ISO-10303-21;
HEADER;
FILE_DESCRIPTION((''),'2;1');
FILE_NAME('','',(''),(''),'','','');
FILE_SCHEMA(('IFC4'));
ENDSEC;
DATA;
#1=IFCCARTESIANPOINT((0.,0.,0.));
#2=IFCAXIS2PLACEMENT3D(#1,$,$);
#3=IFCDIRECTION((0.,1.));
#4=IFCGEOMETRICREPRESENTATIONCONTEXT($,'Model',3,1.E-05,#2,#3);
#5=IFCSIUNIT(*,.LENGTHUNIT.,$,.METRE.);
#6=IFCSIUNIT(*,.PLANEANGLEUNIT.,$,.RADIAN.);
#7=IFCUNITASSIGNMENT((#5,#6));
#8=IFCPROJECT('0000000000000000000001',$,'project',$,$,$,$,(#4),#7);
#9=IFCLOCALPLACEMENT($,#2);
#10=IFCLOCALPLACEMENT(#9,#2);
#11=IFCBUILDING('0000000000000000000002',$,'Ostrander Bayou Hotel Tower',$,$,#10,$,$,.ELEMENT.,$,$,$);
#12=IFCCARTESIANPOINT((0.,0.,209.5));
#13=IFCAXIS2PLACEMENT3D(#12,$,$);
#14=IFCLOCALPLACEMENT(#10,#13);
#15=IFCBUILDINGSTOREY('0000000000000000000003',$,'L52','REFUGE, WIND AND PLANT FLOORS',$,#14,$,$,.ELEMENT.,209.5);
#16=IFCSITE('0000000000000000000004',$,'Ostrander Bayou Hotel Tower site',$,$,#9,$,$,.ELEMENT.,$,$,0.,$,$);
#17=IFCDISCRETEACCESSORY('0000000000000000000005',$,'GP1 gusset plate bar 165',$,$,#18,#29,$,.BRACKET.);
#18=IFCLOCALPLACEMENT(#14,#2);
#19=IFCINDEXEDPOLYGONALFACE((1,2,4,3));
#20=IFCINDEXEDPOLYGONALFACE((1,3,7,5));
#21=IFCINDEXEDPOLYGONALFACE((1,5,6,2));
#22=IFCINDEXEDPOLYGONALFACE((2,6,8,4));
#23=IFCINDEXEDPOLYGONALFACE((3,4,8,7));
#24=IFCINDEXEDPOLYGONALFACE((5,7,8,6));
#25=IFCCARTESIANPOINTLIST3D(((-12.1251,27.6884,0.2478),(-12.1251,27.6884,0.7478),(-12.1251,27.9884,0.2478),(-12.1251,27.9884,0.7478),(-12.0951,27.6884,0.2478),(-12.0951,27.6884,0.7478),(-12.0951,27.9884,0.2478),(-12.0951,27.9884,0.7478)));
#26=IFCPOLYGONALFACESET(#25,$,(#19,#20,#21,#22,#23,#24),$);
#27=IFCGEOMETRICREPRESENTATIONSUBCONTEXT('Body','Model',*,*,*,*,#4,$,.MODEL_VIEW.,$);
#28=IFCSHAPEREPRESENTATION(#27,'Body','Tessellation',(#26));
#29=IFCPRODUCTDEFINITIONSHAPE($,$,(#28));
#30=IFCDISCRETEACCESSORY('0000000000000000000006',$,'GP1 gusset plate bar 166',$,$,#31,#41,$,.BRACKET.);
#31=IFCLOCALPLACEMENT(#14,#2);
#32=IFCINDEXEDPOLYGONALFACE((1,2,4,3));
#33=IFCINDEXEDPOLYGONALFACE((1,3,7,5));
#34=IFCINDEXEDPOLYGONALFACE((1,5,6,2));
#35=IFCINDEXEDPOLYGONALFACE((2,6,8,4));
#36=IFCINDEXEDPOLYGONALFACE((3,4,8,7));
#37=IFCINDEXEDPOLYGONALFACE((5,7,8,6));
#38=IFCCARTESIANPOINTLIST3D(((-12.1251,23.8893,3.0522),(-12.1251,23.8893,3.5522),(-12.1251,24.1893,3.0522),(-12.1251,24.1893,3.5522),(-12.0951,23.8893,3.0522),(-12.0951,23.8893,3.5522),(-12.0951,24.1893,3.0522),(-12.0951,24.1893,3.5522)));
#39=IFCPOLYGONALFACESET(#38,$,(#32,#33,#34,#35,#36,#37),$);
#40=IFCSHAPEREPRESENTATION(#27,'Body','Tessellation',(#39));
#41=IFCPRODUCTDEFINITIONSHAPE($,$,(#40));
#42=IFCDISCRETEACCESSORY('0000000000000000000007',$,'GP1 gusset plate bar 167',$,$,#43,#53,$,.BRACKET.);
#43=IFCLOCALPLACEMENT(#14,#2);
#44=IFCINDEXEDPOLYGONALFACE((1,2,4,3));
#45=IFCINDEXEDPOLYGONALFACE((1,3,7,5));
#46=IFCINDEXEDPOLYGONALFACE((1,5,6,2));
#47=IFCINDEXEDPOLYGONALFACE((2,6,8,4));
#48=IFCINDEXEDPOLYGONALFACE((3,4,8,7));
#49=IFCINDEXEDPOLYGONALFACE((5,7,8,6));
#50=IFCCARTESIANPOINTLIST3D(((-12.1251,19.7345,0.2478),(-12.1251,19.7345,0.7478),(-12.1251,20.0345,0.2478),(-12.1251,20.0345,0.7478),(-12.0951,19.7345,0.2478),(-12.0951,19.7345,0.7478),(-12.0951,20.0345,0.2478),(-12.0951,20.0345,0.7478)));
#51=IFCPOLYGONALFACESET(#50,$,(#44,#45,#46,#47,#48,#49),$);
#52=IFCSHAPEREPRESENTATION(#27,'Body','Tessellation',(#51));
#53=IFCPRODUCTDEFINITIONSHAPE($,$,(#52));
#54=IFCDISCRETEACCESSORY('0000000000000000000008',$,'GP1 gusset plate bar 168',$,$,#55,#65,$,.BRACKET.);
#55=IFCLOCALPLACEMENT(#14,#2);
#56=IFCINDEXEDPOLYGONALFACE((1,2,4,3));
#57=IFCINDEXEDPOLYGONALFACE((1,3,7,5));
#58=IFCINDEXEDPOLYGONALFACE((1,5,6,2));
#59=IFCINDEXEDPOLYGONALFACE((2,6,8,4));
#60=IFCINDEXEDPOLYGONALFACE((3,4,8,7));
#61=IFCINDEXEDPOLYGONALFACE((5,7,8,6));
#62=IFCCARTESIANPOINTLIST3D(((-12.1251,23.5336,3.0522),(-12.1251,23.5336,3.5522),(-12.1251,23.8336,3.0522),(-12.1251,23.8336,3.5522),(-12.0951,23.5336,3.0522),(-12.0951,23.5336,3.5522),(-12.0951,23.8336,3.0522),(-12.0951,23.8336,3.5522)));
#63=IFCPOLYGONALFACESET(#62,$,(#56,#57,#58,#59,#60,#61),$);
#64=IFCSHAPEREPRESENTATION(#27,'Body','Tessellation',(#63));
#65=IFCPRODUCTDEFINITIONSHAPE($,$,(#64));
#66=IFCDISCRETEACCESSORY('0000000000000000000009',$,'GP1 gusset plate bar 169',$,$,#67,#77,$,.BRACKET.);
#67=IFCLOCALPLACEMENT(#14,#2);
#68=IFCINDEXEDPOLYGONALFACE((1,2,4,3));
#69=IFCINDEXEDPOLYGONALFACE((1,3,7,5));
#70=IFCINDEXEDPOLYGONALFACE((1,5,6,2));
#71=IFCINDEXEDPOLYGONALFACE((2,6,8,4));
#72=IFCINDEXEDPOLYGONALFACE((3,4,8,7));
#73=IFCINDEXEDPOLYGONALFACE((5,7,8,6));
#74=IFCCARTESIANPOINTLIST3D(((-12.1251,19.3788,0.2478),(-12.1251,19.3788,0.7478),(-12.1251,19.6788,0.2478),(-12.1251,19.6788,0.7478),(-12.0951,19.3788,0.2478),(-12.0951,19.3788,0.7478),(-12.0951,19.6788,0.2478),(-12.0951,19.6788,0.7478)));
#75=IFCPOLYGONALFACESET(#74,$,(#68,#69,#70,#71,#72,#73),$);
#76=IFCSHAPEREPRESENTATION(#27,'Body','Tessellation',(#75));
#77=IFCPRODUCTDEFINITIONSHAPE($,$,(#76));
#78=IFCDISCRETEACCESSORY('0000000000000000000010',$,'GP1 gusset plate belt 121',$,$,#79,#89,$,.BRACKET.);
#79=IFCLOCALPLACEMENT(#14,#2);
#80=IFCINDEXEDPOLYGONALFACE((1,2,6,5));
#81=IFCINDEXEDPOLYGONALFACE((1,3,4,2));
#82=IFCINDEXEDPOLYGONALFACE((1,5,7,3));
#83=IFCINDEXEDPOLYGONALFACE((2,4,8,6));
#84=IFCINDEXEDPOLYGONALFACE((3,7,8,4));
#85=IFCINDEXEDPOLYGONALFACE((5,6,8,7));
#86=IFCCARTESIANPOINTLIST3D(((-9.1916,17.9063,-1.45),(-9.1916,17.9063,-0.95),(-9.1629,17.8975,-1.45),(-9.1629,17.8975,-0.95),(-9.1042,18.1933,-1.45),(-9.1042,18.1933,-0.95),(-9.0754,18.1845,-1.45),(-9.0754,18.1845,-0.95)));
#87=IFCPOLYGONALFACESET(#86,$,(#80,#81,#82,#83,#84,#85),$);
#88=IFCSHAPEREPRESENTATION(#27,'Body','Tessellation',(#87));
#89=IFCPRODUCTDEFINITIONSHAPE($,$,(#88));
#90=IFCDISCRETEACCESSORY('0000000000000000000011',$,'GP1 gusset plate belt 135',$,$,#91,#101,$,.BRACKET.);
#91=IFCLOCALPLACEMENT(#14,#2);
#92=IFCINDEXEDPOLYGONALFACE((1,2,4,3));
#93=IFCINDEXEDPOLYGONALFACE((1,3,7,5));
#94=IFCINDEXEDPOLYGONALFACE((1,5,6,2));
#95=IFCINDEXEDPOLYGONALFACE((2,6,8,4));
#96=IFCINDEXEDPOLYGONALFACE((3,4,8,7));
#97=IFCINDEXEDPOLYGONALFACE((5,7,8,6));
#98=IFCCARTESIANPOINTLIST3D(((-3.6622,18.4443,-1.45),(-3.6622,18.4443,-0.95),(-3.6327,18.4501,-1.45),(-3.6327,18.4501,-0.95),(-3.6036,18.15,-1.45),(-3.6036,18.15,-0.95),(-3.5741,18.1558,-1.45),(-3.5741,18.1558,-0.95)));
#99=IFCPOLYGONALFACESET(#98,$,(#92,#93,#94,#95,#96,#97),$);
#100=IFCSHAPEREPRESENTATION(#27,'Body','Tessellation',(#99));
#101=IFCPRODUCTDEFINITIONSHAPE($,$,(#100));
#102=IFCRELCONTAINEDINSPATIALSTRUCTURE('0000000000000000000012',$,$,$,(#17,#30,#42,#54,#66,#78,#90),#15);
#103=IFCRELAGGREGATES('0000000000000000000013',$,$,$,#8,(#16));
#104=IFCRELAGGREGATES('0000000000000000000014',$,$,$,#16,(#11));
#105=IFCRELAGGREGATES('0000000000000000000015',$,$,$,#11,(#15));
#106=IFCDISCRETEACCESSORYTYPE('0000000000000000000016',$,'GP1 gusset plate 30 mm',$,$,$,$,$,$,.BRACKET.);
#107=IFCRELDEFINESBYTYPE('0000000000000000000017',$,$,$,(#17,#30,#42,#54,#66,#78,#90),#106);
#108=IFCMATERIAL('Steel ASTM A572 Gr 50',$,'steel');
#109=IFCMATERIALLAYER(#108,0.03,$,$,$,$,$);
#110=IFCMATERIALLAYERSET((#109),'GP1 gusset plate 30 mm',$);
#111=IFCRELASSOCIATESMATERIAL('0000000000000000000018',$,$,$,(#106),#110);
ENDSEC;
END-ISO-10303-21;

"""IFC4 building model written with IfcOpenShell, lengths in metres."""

from ifc_helpers import new_model, si_unit, direction, frame, origin, origin_2d, place, context, subcontext, project, spatial, rectangle, extrude, material, layer, layer_set, type_object, element, save


model = new_model("IFC4")

# Units and contexts
model_context = context("Model", 3, precision=1e-05, world=origin(), true_north=direction((0.0, 1.0)))
body_context = subcontext(model_context, "Body", "Model", "MODEL_VIEW")
ifc_project = project(units=[si_unit("LENGTHUNIT", "METRE"), si_unit("PLANEANGLEUNIT", "RADIAN")], contexts=[model_context])

# Site, building, storey
site_placement = place(None, origin())
site = spatial("IfcSite", under=ifc_project, at=site_placement, Name="Ostrander Bayou Hotel Tower site", CompositionType="ELEMENT", RefElevation=0.0)
building_placement = place(site_placement, origin())
building = spatial("IfcBuilding", under=site, at=building_placement, Name="Ostrander Bayou Hotel Tower", CompositionType="ELEMENT")
storey_placement = place(building_placement, frame((0.0, 0.0, 209.5)))
storey = spatial("IfcBuildingStorey", under=building, at=storey_placement, Name="L52", Description="REFUGE, WIND AND PLANT FLOORS", CompositionType="ELEMENT", Elevation=209.5)

# Discrete accessories
ifc_material_1 = material(Name="Steel ASTM A572 Gr 50", Category="steel")
ifc_layer = layer(ifc_material_1, 0.03)
ifc_layer_set = layer_set([ifc_layer], Name="GP1 gusset plate 30 mm")
discrete_accessory_type = type_object("IfcDiscreteAccessoryType", Name="GP1 gusset plate 30 mm", PredefinedType="BRACKET", material=ifc_layer_set)
for number, where, z_axis, x_axis, name in (
    (1, (-12.1101, 27.8384, 0.2478), (0.0, 0.0, 1.0), (0.0, -1.0, 0.0), "GP1 gusset plate bar 165"),
    (2, (-12.1101, 24.0393, 3.0522), (0.0, 0.0, 1.0), (0.0, -1.0, 0.0), "GP1 gusset plate bar 166"),
    (3, (-12.1101, 19.8845, 0.2478), (0.0, 0.0, 1.0), (0.0, 1.0, 0.0), "GP1 gusset plate bar 167"),
    (4, (-12.1101, 23.6836, 3.0522), (0.0, 0.0, 1.0), (0.0, 1.0, 0.0), "GP1 gusset plate bar 168"),
    (5, (-12.1101, 19.5288, 0.2478), (0.0, 0.0, 1.0), (0.0, -1.0, 0.0), "GP1 gusset plate bar 169"),
    (6, (-9.1335, 18.0454, -1.45), (0.0, 0.0, 1.0), (-0.291504, -0.95657, 0.0), "GP1 gusset plate belt 121"),
    (7, (-3.6182, 18.3, -1.45), (0.0, 0.0, 1.0), (0.195279, -0.980748, 0.0), "GP1 gusset plate belt 135"),
):
    element("IfcDiscreteAccessory", number, at=place(storey_placement, frame(where, z_axis=z_axis, x_axis=x_axis)), inside=storey, type_object=discrete_accessory_type, Name=name, PredefinedType="BRACKET", context=body_context, shape_type="SweptSolid", body=[
        extrude(rectangle(XDim=0.3, YDim=0.03, at=origin_2d()), origin(), (0.0, 0.0, 1.0), 0.5),
    ])

save(model, "model.ifc")
